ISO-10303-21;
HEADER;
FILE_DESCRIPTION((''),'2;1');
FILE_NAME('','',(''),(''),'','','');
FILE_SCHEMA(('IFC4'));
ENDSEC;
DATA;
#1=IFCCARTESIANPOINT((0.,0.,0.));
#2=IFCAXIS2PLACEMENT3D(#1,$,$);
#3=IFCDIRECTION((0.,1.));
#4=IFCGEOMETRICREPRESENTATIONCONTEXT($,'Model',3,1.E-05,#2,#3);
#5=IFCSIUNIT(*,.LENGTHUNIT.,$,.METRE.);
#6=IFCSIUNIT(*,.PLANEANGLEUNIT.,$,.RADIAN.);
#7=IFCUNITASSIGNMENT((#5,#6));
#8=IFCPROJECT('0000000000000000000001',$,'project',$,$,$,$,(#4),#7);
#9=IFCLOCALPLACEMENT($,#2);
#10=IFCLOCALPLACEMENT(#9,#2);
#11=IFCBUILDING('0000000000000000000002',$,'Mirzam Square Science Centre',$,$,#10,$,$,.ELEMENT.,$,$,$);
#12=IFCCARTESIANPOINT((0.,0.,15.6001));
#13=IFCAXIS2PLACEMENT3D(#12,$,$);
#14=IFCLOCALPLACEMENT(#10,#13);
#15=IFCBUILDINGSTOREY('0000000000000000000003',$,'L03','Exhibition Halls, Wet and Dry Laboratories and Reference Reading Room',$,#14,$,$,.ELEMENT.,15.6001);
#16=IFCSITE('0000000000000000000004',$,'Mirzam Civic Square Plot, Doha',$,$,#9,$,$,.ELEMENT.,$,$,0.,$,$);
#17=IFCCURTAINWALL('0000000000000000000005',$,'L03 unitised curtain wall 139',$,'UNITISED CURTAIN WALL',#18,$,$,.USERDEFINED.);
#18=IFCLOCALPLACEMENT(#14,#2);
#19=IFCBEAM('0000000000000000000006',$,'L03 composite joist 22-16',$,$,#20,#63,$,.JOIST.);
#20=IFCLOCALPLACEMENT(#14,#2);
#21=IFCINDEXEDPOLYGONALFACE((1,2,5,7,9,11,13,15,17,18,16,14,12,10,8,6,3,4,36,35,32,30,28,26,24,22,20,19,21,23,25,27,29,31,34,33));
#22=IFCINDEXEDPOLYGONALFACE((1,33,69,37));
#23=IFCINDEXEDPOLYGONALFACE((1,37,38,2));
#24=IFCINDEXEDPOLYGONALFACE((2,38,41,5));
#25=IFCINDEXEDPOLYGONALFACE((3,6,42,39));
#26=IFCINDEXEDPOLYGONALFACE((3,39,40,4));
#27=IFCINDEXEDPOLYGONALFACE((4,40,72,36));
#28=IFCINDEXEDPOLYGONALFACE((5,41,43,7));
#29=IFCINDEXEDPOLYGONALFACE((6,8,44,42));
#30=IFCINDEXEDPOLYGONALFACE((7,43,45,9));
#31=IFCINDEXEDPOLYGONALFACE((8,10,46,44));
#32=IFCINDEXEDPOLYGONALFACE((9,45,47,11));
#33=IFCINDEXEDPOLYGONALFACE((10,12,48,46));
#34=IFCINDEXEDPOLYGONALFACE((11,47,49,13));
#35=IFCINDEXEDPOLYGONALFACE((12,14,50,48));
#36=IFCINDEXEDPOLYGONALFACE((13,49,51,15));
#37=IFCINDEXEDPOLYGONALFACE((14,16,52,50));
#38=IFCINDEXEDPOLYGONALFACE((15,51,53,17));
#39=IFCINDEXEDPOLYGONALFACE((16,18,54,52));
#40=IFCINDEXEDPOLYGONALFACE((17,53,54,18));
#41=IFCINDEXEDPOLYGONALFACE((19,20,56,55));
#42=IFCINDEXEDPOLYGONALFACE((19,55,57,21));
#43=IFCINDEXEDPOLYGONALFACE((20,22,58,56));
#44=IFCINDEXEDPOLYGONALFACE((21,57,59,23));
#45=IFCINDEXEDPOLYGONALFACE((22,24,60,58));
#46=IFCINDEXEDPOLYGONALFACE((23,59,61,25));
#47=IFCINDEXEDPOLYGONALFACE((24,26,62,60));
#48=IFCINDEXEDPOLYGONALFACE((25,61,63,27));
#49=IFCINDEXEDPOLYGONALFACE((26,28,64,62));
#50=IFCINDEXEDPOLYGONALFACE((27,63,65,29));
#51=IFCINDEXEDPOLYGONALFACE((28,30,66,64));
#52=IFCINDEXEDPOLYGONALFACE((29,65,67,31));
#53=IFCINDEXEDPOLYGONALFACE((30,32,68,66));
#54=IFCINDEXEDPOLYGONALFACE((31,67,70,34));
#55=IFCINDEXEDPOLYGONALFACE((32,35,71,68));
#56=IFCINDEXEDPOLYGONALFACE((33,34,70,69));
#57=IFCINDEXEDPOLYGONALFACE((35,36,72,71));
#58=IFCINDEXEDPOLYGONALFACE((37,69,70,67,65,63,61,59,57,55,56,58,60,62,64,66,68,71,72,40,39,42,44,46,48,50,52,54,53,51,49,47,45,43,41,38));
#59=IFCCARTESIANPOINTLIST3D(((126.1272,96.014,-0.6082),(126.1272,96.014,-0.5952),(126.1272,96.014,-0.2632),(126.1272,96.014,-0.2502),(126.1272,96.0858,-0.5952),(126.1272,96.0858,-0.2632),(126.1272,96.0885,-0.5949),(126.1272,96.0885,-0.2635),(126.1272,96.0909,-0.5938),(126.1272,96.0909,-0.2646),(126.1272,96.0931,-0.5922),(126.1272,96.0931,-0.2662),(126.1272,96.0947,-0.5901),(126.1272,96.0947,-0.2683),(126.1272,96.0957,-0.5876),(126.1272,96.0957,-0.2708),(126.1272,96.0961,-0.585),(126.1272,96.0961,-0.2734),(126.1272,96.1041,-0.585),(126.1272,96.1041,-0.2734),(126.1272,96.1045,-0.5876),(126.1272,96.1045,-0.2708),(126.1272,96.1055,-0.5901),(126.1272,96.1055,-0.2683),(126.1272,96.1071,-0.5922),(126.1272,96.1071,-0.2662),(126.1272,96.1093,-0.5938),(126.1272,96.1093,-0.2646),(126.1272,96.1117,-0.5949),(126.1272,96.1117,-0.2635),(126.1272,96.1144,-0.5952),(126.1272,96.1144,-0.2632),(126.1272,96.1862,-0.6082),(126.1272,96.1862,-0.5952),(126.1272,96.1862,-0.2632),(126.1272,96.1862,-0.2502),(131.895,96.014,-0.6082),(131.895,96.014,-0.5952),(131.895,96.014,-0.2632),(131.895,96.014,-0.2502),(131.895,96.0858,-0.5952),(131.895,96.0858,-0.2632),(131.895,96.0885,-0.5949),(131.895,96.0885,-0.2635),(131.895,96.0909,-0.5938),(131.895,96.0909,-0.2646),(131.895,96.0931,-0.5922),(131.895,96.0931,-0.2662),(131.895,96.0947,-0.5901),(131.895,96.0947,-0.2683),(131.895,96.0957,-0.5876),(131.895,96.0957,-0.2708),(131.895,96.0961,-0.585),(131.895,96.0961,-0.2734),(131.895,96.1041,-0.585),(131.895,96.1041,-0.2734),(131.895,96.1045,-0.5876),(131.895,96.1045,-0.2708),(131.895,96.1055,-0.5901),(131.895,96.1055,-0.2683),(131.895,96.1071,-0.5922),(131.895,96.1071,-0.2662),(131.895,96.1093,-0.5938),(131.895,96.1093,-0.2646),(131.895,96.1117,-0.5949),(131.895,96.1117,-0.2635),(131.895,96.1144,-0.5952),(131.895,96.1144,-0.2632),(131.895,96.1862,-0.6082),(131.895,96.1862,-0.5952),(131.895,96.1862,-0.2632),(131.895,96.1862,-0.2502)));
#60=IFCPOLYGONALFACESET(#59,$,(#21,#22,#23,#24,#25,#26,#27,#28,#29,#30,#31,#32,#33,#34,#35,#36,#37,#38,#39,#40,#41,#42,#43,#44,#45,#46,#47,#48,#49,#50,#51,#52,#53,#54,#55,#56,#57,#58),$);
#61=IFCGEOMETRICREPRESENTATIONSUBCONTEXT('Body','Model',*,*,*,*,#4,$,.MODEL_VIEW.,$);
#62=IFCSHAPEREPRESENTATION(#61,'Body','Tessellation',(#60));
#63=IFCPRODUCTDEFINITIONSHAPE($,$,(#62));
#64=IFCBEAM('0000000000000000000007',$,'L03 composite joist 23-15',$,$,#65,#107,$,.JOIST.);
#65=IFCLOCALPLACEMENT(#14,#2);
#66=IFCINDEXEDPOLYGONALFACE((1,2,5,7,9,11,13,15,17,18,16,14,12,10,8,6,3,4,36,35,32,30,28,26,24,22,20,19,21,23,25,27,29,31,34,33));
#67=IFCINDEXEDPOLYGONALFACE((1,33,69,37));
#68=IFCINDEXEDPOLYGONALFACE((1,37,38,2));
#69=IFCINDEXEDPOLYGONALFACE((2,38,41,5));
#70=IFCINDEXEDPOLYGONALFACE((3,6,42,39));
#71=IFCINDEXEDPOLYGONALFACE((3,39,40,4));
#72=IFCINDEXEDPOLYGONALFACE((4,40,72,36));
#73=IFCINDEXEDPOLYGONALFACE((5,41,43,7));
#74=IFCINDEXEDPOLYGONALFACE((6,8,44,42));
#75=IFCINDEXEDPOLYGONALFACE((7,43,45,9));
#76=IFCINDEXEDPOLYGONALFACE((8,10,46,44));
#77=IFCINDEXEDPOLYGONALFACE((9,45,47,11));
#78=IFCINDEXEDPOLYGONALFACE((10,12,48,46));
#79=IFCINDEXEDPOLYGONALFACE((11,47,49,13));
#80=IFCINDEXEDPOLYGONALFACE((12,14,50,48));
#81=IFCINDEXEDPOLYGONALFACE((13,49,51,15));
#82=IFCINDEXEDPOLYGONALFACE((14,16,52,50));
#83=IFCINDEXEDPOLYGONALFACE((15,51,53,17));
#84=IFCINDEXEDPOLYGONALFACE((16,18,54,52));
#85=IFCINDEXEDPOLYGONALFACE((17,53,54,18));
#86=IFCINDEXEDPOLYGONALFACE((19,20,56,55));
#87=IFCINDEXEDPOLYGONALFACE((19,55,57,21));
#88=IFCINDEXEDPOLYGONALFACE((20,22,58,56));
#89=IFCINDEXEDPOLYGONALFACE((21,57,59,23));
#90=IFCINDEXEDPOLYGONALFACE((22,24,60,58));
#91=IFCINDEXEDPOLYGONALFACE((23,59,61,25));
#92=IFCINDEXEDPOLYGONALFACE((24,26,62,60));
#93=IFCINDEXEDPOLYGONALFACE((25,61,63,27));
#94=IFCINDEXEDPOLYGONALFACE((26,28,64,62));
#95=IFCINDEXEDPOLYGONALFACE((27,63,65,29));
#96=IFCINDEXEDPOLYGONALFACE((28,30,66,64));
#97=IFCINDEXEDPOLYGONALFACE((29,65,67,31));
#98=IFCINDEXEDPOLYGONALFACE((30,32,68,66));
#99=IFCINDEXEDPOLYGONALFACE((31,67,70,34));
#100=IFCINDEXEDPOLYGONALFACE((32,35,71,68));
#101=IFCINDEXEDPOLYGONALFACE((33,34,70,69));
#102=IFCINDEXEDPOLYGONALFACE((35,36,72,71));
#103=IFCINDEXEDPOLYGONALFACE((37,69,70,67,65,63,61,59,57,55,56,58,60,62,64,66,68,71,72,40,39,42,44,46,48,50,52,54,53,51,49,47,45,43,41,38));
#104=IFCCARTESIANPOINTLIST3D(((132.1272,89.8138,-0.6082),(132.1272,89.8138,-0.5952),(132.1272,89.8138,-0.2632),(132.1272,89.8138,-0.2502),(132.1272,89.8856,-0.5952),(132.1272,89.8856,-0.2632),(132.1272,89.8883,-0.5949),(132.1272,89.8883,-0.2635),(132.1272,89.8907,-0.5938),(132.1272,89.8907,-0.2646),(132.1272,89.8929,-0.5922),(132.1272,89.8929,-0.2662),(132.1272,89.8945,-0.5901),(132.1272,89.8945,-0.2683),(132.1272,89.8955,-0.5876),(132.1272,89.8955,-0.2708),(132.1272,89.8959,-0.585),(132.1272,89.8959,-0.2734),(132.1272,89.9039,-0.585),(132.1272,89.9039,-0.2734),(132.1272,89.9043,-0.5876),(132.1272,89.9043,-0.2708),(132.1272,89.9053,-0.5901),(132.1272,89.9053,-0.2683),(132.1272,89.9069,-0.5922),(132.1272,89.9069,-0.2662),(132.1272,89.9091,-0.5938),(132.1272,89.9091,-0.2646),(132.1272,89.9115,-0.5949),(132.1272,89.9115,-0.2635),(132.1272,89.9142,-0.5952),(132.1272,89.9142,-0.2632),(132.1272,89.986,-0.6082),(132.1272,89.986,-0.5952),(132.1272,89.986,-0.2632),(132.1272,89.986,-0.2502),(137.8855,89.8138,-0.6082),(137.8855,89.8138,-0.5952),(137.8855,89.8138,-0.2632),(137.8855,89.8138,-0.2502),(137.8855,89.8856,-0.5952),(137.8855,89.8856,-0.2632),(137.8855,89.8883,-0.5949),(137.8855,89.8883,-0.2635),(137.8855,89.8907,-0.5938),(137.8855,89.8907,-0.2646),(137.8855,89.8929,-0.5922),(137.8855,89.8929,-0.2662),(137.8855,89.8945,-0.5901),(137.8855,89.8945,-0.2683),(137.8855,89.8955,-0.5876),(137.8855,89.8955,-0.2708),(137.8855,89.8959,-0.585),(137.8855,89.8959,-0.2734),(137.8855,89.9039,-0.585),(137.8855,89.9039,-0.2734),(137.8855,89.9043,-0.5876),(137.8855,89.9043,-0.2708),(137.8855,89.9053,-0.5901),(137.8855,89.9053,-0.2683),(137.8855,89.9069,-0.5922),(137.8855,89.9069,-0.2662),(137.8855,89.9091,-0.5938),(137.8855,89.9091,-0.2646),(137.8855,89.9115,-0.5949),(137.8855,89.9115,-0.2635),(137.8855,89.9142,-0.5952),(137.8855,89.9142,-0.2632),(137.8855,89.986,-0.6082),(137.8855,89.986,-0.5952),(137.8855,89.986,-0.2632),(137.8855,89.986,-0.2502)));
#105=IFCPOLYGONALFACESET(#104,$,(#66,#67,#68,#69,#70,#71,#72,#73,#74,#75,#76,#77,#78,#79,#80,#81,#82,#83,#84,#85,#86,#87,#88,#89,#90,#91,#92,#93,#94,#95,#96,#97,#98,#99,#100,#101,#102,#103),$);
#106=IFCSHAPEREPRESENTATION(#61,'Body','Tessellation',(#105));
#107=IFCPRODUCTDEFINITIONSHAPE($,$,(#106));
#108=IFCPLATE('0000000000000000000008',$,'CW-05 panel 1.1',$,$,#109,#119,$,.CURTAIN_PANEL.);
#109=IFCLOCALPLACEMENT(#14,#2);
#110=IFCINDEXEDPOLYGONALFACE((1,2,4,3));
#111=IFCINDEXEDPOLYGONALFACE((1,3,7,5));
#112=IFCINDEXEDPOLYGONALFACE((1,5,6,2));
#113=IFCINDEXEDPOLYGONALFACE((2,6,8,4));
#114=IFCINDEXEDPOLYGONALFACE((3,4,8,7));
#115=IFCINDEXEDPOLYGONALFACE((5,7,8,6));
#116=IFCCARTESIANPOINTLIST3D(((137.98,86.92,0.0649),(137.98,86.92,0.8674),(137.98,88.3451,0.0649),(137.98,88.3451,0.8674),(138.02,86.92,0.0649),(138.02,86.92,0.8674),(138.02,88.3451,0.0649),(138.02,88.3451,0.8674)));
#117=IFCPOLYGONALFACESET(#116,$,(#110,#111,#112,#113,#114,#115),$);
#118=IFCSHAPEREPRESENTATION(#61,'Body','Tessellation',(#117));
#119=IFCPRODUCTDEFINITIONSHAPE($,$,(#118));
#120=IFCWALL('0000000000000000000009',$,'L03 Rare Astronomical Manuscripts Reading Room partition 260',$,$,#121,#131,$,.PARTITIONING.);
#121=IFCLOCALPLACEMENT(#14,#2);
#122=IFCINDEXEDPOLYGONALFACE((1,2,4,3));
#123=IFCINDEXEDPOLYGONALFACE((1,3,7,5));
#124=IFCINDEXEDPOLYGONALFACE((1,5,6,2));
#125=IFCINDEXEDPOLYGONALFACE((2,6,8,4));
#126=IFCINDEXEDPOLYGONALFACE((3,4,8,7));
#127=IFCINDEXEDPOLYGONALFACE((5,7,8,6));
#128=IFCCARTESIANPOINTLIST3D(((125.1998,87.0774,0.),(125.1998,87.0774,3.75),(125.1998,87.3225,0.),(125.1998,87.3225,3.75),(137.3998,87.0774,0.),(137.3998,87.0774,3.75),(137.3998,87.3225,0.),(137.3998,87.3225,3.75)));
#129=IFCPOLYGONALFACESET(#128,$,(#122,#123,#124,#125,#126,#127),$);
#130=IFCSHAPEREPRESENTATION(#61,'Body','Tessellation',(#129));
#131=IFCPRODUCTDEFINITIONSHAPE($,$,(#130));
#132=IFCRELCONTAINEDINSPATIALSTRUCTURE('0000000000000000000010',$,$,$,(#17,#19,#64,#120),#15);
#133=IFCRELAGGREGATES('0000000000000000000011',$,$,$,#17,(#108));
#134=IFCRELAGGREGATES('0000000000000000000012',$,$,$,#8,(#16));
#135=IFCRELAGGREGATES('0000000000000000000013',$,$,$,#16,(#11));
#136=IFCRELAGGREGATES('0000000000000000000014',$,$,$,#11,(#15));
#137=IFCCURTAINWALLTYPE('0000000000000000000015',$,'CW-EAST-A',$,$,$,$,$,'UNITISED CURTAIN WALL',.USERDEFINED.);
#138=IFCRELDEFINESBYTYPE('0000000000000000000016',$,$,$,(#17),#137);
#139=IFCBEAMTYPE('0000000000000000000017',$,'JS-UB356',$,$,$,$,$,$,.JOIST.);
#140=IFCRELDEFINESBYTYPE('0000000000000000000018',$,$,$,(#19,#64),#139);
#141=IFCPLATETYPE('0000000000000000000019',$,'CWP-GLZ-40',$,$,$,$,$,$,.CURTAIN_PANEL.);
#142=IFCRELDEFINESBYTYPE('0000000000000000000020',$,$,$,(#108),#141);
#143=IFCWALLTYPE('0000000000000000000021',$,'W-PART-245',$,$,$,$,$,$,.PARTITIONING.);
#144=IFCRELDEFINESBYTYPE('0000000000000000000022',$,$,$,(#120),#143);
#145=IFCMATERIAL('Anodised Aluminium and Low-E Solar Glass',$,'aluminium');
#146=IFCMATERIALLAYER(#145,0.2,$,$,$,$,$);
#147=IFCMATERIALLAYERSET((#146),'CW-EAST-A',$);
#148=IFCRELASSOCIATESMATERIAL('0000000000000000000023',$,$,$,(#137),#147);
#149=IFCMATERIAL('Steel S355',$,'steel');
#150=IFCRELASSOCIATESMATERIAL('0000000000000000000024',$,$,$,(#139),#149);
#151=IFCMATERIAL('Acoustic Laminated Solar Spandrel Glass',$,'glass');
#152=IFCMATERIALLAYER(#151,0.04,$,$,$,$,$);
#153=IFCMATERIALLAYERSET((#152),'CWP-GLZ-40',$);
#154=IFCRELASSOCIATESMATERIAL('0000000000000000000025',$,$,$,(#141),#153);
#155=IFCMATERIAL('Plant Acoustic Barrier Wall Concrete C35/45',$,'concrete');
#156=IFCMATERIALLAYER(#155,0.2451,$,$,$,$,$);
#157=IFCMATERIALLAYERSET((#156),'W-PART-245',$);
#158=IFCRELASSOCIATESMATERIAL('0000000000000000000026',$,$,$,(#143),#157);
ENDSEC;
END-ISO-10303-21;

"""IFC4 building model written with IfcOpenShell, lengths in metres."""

from ifc_helpers import new_model, si_unit, direction, frame, frame_2d, origin, origin_2d, place, context, subcontext, project, spatial, rectangle, i_section, extrude, material, layer, layer_set, material_profile, profile_set, type_object, element, aggregate, save


model = new_model("IFC4")

# Units and contexts
model_context = context("Model", 3, precision=1e-05, world=origin(), true_north=direction((0.0, 1.0)))
body_context = subcontext(model_context, "Body", "Model", "MODEL_VIEW")
ifc_project = project(units=[si_unit("LENGTHUNIT", "METRE"), si_unit("PLANEANGLEUNIT", "RADIAN")], contexts=[model_context])

# Site, building, storey
site_placement = place(None, origin())
site = spatial("IfcSite", under=ifc_project, at=site_placement, Name="Mirzam Civic Square Plot, Doha", CompositionType="ELEMENT", RefElevation=0.0)
building_placement = place(site_placement, origin())
building = spatial("IfcBuilding", under=site, at=building_placement, Name="Mirzam Square Science Centre", CompositionType="ELEMENT")
storey_placement = place(building_placement, frame((0.0, 0.0, 15.6001)))
storey = spatial("IfcBuildingStorey", under=building, at=storey_placement, Name="L03", Description="Exhibition Halls, Wet and Dry Laboratories and Reference Reading Room", CompositionType="ELEMENT", Elevation=15.6001)

# Shared definitions
ifc_material_1 = material(Name="Steel S355", Category="steel")

# Curtain wall
ifc_material_2 = material(Name="Anodised Aluminium and Low-E Solar Glass", Category="aluminium")
ifc_layer_1 = layer(ifc_material_2, 0.2)
ifc_layer_set_1 = layer_set([ifc_layer_1], Name="CW-EAST-A")
curtain_wall_type = type_object("IfcCurtainWallType", Name="CW-EAST-A", ElementType="UNITISED CURTAIN WALL", PredefinedType="USERDEFINED", material=ifc_layer_set_1)
curtain_wall_placement = place(storey_placement, origin())
curtain_wall = element("IfcCurtainWall", 1, at=curtain_wall_placement, inside=storey, type_object=curtain_wall_type, Name="L03 unitised curtain wall 139", ObjectType="UNITISED CURTAIN WALL", PredefinedType="USERDEFINED")

# Beams
ifc_material_profile_1 = material_profile(ifc_material_1, i_section(OverallWidth=0.1721, OverallDepth=0.3579, WebThickness=0.0081, FlangeThickness=0.0129, FilletRadius=0.0103, at=origin_2d()), Name="356x171x57UB")
ifc_profile_set_1 = profile_set([ifc_material_profile_1], Name="Steel S355")
beam_type_1 = type_object("IfcBeamType", Name="JS-UB356", PredefinedType="JOIST", material=ifc_profile_set_1)
beam_1_placement = place(storey_placement, frame((126.1272, 96.1001, -0.4292), z_axis=(1.0, 0.0, 0.0), x_axis=(0.0, 1.0, 0.0)))
element("IfcBeam", 2, at=beam_1_placement, inside=storey, type_object=beam_type_1, Name="L03 composite joist 22-16", PredefinedType="JOIST", context=body_context, shape_type="SweptSolid", body=[
    extrude(i_section(OverallWidth=0.1721, OverallDepth=0.3579, WebThickness=0.0081, FlangeThickness=0.0129, FilletRadius=0.0103, at=origin_2d()), origin(), (0.0, 0.0, 1.0), 5.7678),
])
beam_2_placement = place(storey_placement, frame((132.1272, 89.8999, -0.4292), z_axis=(1.0, 0.0, 0.0), x_axis=(0.0, 1.0, 0.0)))
element("IfcBeam", 3, at=beam_2_placement, inside=storey, type_object=beam_type_1, Name="L03 composite joist 23-15", PredefinedType="JOIST", context=body_context, shape_type="SweptSolid", body=[
    extrude(i_section(OverallWidth=0.1721, OverallDepth=0.3579, WebThickness=0.0081, FlangeThickness=0.0129, FilletRadius=0.0103, at=origin_2d()), origin(), (0.0, 0.0, 1.0), 5.7583),
])

# Plate
ifc_material_3 = material(Name="Acoustic Laminated Solar Spandrel Glass", Category="glass")
ifc_layer_2 = layer(ifc_material_3, 0.04)
ifc_layer_set_2 = layer_set([ifc_layer_2], Name="CWP-GLZ-40")
plate_type = type_object("IfcPlateType", Name="CWP-GLZ-40", PredefinedType="CURTAIN_PANEL", material=ifc_layer_set_2)
plate_placement = place(storey_placement, frame((138.0, 87.6326, 0.0649), z_axis=(0.0, 0.0, 1.0), x_axis=(0.0, 1.0, 0.0)))
plate = element("IfcPlate", 4, at=plate_placement, type_object=plate_type, Name="CW-05 panel 1.1", PredefinedType="CURTAIN_PANEL", context=body_context, shape_type="SweptSolid", body=[
    extrude(rectangle(XDim=1.425, YDim=0.04, at=origin_2d()), origin(), (0.0, 0.0, 1.0), 0.8025),
])
aggregate(curtain_wall, [plate])

# Wall
ifc_material_4 = material(Name="Plant Acoustic Barrier Wall Concrete C35/45", Category="concrete")
ifc_layer_3 = layer(ifc_material_4, 0.2451)
ifc_layer_set_3 = layer_set([ifc_layer_3], Name="W-PART-245")
wall_type = type_object("IfcWallType", Name="W-PART-245", PredefinedType="PARTITIONING", material=ifc_layer_set_3)
wall_placement = place(storey_placement, frame((137.3999, 87.2, 0.0), z_axis=(0.0, 0.0, 1.0), x_axis=(-1.0, 0.0, 0.0)))
element("IfcWall", 5, at=wall_placement, inside=storey, type_object=wall_type, Name="L03 Rare Astronomical Manuscripts Reading Room partition 260", PredefinedType="PARTITIONING", context=body_context, shape_type="SweptSolid", body=[
    extrude(rectangle(XDim=12.2, YDim=0.2451, at=frame_2d((6.1001, 0.0))), origin(), (0.0, 0.0, 1.0), 3.75),
])

save(model, "model.ifc")
